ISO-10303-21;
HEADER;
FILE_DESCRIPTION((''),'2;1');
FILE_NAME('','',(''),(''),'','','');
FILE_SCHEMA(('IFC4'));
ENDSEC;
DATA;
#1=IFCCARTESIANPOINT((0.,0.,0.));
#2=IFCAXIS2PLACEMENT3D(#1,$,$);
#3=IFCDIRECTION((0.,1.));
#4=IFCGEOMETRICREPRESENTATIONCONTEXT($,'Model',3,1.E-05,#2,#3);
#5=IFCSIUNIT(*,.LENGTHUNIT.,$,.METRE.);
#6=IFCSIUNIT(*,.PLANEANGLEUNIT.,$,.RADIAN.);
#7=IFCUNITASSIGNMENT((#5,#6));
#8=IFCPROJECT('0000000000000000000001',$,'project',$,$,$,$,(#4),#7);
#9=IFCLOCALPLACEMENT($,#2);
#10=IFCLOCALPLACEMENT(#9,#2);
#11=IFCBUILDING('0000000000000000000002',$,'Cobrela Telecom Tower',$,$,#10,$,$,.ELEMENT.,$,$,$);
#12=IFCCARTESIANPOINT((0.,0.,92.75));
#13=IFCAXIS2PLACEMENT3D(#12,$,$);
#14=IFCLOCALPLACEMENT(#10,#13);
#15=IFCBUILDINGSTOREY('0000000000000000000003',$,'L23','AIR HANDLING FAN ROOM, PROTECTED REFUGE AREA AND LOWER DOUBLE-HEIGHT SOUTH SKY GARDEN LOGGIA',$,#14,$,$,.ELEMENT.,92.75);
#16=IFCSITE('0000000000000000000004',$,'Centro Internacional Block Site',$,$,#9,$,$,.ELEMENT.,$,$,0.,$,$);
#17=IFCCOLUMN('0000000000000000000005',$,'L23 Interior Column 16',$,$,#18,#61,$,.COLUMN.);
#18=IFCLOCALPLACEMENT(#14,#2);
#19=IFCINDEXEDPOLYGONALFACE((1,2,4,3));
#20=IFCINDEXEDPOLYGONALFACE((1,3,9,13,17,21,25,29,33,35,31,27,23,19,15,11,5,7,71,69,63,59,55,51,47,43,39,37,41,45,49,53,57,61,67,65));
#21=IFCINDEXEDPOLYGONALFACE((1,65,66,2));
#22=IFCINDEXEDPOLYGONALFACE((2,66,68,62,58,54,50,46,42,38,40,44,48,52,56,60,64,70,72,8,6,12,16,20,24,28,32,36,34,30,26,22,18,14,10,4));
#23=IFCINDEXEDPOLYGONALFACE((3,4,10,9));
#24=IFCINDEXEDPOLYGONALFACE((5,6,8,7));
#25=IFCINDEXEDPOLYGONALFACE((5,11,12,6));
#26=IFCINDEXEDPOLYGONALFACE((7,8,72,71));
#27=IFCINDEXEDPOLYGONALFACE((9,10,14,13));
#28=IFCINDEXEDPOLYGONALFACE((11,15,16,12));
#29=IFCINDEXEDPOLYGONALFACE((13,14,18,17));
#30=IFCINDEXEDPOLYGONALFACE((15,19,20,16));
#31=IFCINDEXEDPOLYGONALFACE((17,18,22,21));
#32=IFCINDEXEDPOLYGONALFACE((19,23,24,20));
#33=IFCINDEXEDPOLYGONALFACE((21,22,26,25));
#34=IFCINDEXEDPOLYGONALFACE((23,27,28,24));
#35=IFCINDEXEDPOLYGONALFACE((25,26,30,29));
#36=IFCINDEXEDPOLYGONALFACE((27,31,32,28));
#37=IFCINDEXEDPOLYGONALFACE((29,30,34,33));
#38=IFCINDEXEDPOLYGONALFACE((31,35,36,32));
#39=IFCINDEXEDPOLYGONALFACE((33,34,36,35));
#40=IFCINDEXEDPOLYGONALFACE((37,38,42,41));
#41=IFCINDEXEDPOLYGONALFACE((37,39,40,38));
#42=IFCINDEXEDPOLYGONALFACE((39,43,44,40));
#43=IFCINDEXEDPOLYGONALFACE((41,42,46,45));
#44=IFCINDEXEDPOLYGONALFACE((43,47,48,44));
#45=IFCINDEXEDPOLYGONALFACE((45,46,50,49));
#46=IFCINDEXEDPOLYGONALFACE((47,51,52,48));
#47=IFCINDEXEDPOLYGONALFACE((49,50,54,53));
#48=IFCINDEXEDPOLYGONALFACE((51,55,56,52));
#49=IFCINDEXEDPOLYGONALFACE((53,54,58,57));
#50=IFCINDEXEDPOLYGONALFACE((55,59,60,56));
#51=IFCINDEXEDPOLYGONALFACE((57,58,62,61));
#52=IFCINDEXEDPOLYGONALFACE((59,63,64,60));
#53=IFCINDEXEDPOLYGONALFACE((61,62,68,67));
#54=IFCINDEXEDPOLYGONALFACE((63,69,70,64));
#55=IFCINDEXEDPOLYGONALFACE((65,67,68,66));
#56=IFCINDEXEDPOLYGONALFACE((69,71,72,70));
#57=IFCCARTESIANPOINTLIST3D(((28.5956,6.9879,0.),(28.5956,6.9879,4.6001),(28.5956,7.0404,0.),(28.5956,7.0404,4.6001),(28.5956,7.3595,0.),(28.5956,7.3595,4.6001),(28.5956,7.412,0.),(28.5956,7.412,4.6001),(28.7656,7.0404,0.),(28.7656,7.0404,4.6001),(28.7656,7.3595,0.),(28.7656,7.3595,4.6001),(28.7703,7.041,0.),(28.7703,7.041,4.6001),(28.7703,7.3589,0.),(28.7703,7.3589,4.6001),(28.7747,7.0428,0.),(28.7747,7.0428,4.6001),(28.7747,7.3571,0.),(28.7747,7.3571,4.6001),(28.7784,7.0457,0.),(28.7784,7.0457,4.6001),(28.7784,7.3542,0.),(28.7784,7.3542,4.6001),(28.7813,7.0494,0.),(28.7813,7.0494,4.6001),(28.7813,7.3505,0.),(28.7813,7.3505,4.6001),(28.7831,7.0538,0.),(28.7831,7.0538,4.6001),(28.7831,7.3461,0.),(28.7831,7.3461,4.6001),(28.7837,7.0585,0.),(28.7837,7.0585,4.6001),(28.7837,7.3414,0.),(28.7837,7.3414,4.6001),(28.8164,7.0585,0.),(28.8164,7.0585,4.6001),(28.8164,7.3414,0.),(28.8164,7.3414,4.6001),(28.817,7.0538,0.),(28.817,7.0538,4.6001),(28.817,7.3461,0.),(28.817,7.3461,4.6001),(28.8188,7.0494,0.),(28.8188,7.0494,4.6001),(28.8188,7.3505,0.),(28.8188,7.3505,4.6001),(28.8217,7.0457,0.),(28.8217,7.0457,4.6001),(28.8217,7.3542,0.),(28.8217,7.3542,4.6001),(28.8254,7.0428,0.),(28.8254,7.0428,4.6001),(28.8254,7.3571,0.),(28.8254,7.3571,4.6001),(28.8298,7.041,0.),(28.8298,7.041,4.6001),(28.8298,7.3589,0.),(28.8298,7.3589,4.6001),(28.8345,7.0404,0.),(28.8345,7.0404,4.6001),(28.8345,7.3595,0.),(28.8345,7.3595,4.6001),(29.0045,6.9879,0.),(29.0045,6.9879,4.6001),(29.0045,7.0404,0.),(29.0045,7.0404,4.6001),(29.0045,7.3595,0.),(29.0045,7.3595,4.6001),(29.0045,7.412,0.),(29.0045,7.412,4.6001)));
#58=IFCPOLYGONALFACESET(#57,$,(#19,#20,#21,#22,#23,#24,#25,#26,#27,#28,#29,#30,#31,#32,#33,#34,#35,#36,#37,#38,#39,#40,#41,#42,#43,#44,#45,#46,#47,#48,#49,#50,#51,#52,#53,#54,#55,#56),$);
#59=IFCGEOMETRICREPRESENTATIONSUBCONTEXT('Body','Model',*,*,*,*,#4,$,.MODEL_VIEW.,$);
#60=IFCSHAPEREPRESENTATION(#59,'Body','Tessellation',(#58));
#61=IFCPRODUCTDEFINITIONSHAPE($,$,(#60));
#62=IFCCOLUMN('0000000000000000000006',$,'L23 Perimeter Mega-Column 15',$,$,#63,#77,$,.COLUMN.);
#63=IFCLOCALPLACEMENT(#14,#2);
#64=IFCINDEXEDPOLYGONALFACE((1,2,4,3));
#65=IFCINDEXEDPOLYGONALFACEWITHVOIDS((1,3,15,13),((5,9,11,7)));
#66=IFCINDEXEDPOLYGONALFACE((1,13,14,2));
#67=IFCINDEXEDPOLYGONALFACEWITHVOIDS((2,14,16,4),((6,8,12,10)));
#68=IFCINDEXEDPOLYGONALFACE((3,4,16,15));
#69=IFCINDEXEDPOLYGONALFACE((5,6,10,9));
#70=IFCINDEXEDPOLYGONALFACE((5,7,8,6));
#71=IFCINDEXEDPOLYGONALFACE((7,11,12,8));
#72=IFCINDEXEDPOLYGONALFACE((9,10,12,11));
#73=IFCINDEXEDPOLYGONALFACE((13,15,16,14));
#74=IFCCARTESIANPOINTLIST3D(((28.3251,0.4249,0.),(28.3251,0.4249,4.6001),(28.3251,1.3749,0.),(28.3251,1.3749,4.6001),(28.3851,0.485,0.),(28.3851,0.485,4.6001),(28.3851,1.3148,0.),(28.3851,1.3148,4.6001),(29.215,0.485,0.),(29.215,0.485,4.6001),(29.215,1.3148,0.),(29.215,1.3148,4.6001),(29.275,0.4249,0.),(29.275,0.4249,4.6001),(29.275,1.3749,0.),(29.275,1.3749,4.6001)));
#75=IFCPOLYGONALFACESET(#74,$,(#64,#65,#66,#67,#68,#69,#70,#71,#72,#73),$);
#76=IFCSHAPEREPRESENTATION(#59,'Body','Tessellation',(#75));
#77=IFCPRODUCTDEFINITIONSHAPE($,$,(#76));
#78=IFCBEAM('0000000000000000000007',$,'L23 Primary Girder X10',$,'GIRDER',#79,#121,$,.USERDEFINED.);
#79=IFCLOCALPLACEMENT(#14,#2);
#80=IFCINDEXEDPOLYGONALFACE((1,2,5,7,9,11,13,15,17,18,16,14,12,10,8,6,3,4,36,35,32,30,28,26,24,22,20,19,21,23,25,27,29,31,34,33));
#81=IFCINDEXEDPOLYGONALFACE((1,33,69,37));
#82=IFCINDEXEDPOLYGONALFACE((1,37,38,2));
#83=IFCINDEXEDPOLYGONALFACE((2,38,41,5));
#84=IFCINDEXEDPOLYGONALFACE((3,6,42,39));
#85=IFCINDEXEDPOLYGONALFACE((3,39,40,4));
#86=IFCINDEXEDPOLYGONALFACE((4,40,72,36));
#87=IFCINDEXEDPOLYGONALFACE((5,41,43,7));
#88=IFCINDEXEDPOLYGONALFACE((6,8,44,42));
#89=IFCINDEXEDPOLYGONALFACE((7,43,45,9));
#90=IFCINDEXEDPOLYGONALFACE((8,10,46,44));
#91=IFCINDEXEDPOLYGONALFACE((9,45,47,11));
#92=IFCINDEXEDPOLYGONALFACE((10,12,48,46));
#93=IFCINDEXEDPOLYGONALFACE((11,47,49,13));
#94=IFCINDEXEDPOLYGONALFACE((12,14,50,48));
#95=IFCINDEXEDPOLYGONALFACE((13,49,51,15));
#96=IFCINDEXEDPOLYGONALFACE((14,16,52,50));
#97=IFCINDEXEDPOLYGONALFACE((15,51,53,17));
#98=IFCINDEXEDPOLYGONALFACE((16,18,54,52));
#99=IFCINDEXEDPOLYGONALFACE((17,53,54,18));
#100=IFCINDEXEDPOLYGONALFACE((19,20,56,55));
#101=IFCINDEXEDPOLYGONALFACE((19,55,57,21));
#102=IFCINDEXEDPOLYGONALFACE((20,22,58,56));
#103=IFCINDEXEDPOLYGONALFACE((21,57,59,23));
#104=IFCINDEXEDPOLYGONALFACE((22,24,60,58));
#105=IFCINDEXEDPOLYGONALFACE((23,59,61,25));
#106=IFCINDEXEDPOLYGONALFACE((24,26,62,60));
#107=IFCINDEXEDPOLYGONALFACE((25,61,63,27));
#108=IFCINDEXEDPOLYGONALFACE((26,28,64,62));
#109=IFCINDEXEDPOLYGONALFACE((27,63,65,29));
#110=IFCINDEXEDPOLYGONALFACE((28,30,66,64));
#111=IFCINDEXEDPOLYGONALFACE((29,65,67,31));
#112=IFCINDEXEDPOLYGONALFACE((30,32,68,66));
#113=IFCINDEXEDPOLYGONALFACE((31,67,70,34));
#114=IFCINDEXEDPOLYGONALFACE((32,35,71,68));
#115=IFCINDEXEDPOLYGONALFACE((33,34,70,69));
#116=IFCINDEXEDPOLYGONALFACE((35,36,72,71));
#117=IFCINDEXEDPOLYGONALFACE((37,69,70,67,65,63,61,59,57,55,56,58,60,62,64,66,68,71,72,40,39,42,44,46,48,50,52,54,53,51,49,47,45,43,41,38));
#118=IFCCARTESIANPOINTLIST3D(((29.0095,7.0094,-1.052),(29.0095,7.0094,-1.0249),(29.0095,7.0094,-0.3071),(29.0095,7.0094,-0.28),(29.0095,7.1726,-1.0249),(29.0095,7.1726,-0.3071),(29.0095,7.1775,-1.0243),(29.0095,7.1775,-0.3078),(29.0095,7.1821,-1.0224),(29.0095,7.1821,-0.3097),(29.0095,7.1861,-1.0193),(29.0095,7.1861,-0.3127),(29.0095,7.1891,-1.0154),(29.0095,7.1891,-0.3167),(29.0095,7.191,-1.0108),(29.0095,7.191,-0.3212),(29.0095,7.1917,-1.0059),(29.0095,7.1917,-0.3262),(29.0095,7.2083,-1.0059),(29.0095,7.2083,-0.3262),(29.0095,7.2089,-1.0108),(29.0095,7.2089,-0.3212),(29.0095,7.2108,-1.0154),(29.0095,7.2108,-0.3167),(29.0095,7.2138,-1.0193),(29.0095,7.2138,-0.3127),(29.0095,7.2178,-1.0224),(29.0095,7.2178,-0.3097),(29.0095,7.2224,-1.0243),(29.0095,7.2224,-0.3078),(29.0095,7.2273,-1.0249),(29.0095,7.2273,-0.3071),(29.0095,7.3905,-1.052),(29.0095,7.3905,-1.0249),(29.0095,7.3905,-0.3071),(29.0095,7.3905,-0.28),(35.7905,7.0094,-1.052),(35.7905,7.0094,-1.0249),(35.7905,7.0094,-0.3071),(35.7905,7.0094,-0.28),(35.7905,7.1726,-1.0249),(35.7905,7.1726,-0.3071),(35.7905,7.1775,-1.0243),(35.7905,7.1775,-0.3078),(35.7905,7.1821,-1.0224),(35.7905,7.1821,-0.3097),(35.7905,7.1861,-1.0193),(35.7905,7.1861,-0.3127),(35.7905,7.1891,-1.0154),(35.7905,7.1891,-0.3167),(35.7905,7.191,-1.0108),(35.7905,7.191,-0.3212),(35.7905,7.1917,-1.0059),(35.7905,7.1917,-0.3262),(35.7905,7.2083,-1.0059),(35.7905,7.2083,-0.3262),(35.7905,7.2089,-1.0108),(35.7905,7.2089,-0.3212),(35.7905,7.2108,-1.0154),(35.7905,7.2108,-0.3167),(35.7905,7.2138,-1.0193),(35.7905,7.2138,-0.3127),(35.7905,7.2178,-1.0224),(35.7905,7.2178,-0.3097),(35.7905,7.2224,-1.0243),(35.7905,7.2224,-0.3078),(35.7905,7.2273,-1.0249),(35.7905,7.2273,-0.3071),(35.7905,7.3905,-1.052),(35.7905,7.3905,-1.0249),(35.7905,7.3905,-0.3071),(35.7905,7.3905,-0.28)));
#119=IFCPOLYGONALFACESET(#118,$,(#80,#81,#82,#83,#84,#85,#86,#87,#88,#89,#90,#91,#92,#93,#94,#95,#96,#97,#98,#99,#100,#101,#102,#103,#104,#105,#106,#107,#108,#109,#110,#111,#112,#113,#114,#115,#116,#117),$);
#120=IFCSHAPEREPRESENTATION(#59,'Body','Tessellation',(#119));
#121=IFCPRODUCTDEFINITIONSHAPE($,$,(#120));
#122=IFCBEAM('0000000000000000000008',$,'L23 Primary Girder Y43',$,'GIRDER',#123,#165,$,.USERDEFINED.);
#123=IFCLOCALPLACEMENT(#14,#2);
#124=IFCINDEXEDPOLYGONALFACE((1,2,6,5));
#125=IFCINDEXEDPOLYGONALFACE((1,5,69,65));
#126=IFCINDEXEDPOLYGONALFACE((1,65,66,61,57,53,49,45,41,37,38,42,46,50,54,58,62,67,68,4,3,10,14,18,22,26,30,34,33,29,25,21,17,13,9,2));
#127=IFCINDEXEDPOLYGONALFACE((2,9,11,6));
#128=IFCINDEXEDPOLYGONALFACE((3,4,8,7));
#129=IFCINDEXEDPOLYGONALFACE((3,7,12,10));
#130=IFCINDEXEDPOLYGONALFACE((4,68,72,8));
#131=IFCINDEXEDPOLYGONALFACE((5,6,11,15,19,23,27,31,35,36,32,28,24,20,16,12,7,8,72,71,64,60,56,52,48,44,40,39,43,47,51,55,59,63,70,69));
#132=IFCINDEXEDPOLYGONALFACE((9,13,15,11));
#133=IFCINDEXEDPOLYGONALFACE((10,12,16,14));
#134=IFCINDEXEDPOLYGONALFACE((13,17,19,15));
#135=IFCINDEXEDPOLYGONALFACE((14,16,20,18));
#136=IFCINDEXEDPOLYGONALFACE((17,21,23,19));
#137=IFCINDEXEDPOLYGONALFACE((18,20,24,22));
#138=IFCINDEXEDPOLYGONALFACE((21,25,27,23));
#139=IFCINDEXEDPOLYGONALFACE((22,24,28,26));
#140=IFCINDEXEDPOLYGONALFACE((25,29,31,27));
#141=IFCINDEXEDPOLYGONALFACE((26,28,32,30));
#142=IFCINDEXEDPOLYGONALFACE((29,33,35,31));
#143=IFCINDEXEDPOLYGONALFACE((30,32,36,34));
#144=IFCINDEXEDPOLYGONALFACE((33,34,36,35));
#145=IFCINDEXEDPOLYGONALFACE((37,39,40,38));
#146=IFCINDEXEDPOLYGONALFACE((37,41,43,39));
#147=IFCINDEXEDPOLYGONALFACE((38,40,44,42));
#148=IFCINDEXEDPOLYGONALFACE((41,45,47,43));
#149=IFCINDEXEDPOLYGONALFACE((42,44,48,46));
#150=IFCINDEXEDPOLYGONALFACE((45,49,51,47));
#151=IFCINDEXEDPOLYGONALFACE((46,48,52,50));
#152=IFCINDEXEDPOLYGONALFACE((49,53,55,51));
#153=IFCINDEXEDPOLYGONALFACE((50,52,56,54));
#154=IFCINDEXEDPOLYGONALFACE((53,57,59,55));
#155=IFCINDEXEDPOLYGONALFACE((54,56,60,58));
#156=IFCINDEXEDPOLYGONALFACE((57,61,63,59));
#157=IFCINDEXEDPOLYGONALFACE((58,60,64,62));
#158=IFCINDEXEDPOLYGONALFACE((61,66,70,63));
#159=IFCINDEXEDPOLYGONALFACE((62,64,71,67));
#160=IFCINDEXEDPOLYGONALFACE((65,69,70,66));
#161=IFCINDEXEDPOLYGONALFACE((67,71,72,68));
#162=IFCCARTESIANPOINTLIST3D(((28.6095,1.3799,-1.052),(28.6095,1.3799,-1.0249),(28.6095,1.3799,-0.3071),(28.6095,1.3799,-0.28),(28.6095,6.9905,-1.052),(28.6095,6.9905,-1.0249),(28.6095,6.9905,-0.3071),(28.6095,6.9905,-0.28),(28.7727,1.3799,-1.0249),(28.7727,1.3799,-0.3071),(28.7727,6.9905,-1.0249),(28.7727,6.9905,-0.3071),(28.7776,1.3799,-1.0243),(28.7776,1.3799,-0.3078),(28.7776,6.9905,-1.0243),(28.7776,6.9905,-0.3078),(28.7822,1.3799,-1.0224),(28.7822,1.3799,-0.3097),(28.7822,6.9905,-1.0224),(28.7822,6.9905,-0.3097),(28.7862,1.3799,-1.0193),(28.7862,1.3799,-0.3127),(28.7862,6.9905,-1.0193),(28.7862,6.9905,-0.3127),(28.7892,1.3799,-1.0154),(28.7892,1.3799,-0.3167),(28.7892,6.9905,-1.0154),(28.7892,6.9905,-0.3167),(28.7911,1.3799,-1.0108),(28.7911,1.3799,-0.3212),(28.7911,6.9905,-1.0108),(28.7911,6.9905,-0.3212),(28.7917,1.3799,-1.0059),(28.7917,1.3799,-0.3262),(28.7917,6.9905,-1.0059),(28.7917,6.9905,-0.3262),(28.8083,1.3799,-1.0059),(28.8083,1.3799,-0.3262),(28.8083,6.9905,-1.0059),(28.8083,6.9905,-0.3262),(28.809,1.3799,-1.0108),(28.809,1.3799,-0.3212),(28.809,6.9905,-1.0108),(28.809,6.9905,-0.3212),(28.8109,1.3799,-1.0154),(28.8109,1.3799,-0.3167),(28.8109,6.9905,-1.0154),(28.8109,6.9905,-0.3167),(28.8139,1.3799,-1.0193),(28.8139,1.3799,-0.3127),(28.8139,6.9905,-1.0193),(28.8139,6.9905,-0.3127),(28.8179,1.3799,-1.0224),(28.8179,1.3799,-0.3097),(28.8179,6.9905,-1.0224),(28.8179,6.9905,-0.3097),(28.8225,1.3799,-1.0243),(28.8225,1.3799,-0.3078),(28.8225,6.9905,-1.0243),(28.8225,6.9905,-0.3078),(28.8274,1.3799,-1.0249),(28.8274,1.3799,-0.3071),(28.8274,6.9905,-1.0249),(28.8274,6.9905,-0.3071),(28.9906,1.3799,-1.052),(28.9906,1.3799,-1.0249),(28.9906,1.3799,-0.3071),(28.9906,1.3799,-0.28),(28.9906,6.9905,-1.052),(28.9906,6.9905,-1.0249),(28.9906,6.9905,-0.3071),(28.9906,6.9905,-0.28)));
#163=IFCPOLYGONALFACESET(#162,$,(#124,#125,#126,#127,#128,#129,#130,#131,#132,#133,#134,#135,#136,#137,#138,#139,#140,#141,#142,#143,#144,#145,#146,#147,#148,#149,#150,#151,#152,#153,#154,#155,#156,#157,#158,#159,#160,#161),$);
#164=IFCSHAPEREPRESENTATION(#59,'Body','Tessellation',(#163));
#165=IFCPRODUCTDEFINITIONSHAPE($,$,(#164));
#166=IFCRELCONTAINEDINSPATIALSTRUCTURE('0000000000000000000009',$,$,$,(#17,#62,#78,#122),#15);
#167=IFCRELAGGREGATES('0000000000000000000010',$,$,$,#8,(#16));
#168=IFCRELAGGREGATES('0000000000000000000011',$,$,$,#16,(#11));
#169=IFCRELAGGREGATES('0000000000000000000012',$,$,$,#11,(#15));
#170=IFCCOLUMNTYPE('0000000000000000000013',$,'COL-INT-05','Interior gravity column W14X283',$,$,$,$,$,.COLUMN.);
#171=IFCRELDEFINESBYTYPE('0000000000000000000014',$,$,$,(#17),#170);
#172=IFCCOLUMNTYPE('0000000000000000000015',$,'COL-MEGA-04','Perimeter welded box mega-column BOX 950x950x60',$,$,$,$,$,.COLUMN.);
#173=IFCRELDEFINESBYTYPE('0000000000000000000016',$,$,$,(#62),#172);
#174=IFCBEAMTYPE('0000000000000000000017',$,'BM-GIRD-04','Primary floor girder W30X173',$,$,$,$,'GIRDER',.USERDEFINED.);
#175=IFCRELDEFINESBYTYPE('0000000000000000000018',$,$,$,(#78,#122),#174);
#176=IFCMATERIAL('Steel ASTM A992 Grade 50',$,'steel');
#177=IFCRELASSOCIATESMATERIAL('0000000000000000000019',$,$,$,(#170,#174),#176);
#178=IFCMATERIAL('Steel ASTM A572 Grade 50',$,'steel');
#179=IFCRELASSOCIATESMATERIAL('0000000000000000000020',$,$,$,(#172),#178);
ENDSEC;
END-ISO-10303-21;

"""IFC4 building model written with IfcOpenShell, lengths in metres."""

from ifc_helpers import new_model, si_unit, direction, frame, origin, origin_2d, place, context, subcontext, project, spatial, hollow_rectangle, i_section, extrude, material, material_profile, profile_set, type_object, element, save


model = new_model("IFC4")

# Units and contexts
model_context = context("Model", 3, precision=1e-05, world=origin(), true_north=direction((0.0, 1.0)))
body_context = subcontext(model_context, "Body", "Model", "MODEL_VIEW")
ifc_project = project(units=[si_unit("LENGTHUNIT", "METRE"), si_unit("PLANEANGLEUNIT", "RADIAN")], contexts=[model_context])

# Site, building, storey
site_placement = place(None, origin())
site = spatial("IfcSite", under=ifc_project, at=site_placement, Name="Centro Internacional Block Site", CompositionType="ELEMENT", RefElevation=0.0)
building_placement = place(site_placement, origin())
building = spatial("IfcBuilding", under=site, at=building_placement, Name="Cobrela Telecom Tower", CompositionType="ELEMENT")
storey_placement = place(building_placement, frame((0.0, 0.0, 92.75)))
storey = spatial("IfcBuildingStorey", under=building, at=storey_placement, Name="L23", Description="AIR HANDLING FAN ROOM, PROTECTED REFUGE AREA AND LOWER DOUBLE-HEIGHT SOUTH SKY GARDEN LOGGIA", CompositionType="ELEMENT", Elevation=92.75)

# Columns
ifc_material_1 = material(Name="Steel ASTM A992 Grade 50", Category="steel")
ifc_material_profile_1 = material_profile(ifc_material_1, i_section(OverallWidth=0.4089, OverallDepth=0.4241, WebThickness=0.0327, FlangeThickness=0.0525, FilletRadius=0.0181, at=origin_2d()), Name="W14X283")
ifc_profile_set_1 = profile_set([ifc_material_profile_1], Name="Steel ASTM A992 Grade 50")
column_type_1 = type_object("IfcColumnType", Name="COL-INT-05", Description="Interior gravity column W14X283", PredefinedType="COLUMN", material=ifc_profile_set_1)
column_1_placement = place(storey_placement, frame((28.8, 7.2, 0.0), z_axis=(0.0, 0.0, 1.0), x_axis=(1.0, 0.0, 0.0)))
element("IfcColumn", 1, at=column_1_placement, inside=storey, type_object=column_type_1, Name="L23 Interior Column 16", PredefinedType="COLUMN", context=body_context, shape_type="SweptSolid", body=[
    extrude(i_section(OverallWidth=0.4089, OverallDepth=0.4241, WebThickness=0.0327, FlangeThickness=0.0525, FilletRadius=0.0181, at=origin_2d()), origin(), (0.0, 0.0, 1.0), 4.6001),
])
ifc_material_2 = material(Name="Steel ASTM A572 Grade 50", Category="steel")
ifc_material_profile_2 = material_profile(ifc_material_2, hollow_rectangle(XDim=0.95, YDim=0.95, WallThickness=0.0601, at=origin_2d()), Name="BOX 950x950x60")
ifc_profile_set_2 = profile_set([ifc_material_profile_2], Name="Steel ASTM A572 Grade 50")
column_type_2 = type_object("IfcColumnType", Name="COL-MEGA-04", Description="Perimeter welded box mega-column BOX 950x950x60", PredefinedType="COLUMN", material=ifc_profile_set_2)
column_2_placement = place(storey_placement, frame((28.8, 0.8999, 0.0), z_axis=(0.0, 0.0, 1.0), x_axis=(1.0, 0.0, 0.0)))
element("IfcColumn", 2, at=column_2_placement, inside=storey, type_object=column_type_2, Name="L23 Perimeter Mega-Column 15", PredefinedType="COLUMN", context=body_context, shape_type="SweptSolid", body=[
    extrude(hollow_rectangle(XDim=0.95, YDim=0.95, WallThickness=0.0601, at=origin_2d()), origin(), (0.0, 0.0, 1.0), 4.6001),
])

# Beams
ifc_material_profile_3 = material_profile(ifc_material_1, i_section(OverallWidth=0.3811, OverallDepth=0.772, WebThickness=0.0166, FlangeThickness=0.0271, FilletRadius=0.019, at=origin_2d()), Name="W30X173")
ifc_profile_set_3 = profile_set([ifc_material_profile_3], Name="Steel ASTM A992 Grade 50")
beam_type_1 = type_object("IfcBeamType", Name="BM-GIRD-04", Description="Primary floor girder W30X173", ElementType="GIRDER", PredefinedType="USERDEFINED", material=ifc_profile_set_3)
beam_1_placement = place(storey_placement, frame((29.0095, 7.2, -0.666), z_axis=(1.0, 0.0, 0.0), x_axis=(0.0, 1.0, 0.0)))
element("IfcBeam", 3, at=beam_1_placement, inside=storey, type_object=beam_type_1, Name="L23 Primary Girder X10", ObjectType="GIRDER", PredefinedType="USERDEFINED", context=body_context, shape_type="SweptSolid", body=[
    extrude(i_section(OverallWidth=0.3811, OverallDepth=0.772, WebThickness=0.0166, FlangeThickness=0.0271, FilletRadius=0.019, at=origin_2d()), origin(), (0.0, 0.0, 1.0), 6.781),
])
beam_2_placement = place(storey_placement, frame((28.8, 1.3799, -0.666), z_axis=(0.0, 1.0, 0.0), x_axis=(-1.0, 0.0, 0.0)))
element("IfcBeam", 4, at=beam_2_placement, inside=storey, type_object=beam_type_1, Name="L23 Primary Girder Y43", ObjectType="GIRDER", PredefinedType="USERDEFINED", context=body_context, shape_type="SweptSolid", body=[
    extrude(i_section(OverallWidth=0.3811, OverallDepth=0.772, WebThickness=0.0166, FlangeThickness=0.0271, FilletRadius=0.019, at=origin_2d()), origin(), (0.0, 0.0, 1.0), 5.6106),
])

save(model, "model.ifc")
